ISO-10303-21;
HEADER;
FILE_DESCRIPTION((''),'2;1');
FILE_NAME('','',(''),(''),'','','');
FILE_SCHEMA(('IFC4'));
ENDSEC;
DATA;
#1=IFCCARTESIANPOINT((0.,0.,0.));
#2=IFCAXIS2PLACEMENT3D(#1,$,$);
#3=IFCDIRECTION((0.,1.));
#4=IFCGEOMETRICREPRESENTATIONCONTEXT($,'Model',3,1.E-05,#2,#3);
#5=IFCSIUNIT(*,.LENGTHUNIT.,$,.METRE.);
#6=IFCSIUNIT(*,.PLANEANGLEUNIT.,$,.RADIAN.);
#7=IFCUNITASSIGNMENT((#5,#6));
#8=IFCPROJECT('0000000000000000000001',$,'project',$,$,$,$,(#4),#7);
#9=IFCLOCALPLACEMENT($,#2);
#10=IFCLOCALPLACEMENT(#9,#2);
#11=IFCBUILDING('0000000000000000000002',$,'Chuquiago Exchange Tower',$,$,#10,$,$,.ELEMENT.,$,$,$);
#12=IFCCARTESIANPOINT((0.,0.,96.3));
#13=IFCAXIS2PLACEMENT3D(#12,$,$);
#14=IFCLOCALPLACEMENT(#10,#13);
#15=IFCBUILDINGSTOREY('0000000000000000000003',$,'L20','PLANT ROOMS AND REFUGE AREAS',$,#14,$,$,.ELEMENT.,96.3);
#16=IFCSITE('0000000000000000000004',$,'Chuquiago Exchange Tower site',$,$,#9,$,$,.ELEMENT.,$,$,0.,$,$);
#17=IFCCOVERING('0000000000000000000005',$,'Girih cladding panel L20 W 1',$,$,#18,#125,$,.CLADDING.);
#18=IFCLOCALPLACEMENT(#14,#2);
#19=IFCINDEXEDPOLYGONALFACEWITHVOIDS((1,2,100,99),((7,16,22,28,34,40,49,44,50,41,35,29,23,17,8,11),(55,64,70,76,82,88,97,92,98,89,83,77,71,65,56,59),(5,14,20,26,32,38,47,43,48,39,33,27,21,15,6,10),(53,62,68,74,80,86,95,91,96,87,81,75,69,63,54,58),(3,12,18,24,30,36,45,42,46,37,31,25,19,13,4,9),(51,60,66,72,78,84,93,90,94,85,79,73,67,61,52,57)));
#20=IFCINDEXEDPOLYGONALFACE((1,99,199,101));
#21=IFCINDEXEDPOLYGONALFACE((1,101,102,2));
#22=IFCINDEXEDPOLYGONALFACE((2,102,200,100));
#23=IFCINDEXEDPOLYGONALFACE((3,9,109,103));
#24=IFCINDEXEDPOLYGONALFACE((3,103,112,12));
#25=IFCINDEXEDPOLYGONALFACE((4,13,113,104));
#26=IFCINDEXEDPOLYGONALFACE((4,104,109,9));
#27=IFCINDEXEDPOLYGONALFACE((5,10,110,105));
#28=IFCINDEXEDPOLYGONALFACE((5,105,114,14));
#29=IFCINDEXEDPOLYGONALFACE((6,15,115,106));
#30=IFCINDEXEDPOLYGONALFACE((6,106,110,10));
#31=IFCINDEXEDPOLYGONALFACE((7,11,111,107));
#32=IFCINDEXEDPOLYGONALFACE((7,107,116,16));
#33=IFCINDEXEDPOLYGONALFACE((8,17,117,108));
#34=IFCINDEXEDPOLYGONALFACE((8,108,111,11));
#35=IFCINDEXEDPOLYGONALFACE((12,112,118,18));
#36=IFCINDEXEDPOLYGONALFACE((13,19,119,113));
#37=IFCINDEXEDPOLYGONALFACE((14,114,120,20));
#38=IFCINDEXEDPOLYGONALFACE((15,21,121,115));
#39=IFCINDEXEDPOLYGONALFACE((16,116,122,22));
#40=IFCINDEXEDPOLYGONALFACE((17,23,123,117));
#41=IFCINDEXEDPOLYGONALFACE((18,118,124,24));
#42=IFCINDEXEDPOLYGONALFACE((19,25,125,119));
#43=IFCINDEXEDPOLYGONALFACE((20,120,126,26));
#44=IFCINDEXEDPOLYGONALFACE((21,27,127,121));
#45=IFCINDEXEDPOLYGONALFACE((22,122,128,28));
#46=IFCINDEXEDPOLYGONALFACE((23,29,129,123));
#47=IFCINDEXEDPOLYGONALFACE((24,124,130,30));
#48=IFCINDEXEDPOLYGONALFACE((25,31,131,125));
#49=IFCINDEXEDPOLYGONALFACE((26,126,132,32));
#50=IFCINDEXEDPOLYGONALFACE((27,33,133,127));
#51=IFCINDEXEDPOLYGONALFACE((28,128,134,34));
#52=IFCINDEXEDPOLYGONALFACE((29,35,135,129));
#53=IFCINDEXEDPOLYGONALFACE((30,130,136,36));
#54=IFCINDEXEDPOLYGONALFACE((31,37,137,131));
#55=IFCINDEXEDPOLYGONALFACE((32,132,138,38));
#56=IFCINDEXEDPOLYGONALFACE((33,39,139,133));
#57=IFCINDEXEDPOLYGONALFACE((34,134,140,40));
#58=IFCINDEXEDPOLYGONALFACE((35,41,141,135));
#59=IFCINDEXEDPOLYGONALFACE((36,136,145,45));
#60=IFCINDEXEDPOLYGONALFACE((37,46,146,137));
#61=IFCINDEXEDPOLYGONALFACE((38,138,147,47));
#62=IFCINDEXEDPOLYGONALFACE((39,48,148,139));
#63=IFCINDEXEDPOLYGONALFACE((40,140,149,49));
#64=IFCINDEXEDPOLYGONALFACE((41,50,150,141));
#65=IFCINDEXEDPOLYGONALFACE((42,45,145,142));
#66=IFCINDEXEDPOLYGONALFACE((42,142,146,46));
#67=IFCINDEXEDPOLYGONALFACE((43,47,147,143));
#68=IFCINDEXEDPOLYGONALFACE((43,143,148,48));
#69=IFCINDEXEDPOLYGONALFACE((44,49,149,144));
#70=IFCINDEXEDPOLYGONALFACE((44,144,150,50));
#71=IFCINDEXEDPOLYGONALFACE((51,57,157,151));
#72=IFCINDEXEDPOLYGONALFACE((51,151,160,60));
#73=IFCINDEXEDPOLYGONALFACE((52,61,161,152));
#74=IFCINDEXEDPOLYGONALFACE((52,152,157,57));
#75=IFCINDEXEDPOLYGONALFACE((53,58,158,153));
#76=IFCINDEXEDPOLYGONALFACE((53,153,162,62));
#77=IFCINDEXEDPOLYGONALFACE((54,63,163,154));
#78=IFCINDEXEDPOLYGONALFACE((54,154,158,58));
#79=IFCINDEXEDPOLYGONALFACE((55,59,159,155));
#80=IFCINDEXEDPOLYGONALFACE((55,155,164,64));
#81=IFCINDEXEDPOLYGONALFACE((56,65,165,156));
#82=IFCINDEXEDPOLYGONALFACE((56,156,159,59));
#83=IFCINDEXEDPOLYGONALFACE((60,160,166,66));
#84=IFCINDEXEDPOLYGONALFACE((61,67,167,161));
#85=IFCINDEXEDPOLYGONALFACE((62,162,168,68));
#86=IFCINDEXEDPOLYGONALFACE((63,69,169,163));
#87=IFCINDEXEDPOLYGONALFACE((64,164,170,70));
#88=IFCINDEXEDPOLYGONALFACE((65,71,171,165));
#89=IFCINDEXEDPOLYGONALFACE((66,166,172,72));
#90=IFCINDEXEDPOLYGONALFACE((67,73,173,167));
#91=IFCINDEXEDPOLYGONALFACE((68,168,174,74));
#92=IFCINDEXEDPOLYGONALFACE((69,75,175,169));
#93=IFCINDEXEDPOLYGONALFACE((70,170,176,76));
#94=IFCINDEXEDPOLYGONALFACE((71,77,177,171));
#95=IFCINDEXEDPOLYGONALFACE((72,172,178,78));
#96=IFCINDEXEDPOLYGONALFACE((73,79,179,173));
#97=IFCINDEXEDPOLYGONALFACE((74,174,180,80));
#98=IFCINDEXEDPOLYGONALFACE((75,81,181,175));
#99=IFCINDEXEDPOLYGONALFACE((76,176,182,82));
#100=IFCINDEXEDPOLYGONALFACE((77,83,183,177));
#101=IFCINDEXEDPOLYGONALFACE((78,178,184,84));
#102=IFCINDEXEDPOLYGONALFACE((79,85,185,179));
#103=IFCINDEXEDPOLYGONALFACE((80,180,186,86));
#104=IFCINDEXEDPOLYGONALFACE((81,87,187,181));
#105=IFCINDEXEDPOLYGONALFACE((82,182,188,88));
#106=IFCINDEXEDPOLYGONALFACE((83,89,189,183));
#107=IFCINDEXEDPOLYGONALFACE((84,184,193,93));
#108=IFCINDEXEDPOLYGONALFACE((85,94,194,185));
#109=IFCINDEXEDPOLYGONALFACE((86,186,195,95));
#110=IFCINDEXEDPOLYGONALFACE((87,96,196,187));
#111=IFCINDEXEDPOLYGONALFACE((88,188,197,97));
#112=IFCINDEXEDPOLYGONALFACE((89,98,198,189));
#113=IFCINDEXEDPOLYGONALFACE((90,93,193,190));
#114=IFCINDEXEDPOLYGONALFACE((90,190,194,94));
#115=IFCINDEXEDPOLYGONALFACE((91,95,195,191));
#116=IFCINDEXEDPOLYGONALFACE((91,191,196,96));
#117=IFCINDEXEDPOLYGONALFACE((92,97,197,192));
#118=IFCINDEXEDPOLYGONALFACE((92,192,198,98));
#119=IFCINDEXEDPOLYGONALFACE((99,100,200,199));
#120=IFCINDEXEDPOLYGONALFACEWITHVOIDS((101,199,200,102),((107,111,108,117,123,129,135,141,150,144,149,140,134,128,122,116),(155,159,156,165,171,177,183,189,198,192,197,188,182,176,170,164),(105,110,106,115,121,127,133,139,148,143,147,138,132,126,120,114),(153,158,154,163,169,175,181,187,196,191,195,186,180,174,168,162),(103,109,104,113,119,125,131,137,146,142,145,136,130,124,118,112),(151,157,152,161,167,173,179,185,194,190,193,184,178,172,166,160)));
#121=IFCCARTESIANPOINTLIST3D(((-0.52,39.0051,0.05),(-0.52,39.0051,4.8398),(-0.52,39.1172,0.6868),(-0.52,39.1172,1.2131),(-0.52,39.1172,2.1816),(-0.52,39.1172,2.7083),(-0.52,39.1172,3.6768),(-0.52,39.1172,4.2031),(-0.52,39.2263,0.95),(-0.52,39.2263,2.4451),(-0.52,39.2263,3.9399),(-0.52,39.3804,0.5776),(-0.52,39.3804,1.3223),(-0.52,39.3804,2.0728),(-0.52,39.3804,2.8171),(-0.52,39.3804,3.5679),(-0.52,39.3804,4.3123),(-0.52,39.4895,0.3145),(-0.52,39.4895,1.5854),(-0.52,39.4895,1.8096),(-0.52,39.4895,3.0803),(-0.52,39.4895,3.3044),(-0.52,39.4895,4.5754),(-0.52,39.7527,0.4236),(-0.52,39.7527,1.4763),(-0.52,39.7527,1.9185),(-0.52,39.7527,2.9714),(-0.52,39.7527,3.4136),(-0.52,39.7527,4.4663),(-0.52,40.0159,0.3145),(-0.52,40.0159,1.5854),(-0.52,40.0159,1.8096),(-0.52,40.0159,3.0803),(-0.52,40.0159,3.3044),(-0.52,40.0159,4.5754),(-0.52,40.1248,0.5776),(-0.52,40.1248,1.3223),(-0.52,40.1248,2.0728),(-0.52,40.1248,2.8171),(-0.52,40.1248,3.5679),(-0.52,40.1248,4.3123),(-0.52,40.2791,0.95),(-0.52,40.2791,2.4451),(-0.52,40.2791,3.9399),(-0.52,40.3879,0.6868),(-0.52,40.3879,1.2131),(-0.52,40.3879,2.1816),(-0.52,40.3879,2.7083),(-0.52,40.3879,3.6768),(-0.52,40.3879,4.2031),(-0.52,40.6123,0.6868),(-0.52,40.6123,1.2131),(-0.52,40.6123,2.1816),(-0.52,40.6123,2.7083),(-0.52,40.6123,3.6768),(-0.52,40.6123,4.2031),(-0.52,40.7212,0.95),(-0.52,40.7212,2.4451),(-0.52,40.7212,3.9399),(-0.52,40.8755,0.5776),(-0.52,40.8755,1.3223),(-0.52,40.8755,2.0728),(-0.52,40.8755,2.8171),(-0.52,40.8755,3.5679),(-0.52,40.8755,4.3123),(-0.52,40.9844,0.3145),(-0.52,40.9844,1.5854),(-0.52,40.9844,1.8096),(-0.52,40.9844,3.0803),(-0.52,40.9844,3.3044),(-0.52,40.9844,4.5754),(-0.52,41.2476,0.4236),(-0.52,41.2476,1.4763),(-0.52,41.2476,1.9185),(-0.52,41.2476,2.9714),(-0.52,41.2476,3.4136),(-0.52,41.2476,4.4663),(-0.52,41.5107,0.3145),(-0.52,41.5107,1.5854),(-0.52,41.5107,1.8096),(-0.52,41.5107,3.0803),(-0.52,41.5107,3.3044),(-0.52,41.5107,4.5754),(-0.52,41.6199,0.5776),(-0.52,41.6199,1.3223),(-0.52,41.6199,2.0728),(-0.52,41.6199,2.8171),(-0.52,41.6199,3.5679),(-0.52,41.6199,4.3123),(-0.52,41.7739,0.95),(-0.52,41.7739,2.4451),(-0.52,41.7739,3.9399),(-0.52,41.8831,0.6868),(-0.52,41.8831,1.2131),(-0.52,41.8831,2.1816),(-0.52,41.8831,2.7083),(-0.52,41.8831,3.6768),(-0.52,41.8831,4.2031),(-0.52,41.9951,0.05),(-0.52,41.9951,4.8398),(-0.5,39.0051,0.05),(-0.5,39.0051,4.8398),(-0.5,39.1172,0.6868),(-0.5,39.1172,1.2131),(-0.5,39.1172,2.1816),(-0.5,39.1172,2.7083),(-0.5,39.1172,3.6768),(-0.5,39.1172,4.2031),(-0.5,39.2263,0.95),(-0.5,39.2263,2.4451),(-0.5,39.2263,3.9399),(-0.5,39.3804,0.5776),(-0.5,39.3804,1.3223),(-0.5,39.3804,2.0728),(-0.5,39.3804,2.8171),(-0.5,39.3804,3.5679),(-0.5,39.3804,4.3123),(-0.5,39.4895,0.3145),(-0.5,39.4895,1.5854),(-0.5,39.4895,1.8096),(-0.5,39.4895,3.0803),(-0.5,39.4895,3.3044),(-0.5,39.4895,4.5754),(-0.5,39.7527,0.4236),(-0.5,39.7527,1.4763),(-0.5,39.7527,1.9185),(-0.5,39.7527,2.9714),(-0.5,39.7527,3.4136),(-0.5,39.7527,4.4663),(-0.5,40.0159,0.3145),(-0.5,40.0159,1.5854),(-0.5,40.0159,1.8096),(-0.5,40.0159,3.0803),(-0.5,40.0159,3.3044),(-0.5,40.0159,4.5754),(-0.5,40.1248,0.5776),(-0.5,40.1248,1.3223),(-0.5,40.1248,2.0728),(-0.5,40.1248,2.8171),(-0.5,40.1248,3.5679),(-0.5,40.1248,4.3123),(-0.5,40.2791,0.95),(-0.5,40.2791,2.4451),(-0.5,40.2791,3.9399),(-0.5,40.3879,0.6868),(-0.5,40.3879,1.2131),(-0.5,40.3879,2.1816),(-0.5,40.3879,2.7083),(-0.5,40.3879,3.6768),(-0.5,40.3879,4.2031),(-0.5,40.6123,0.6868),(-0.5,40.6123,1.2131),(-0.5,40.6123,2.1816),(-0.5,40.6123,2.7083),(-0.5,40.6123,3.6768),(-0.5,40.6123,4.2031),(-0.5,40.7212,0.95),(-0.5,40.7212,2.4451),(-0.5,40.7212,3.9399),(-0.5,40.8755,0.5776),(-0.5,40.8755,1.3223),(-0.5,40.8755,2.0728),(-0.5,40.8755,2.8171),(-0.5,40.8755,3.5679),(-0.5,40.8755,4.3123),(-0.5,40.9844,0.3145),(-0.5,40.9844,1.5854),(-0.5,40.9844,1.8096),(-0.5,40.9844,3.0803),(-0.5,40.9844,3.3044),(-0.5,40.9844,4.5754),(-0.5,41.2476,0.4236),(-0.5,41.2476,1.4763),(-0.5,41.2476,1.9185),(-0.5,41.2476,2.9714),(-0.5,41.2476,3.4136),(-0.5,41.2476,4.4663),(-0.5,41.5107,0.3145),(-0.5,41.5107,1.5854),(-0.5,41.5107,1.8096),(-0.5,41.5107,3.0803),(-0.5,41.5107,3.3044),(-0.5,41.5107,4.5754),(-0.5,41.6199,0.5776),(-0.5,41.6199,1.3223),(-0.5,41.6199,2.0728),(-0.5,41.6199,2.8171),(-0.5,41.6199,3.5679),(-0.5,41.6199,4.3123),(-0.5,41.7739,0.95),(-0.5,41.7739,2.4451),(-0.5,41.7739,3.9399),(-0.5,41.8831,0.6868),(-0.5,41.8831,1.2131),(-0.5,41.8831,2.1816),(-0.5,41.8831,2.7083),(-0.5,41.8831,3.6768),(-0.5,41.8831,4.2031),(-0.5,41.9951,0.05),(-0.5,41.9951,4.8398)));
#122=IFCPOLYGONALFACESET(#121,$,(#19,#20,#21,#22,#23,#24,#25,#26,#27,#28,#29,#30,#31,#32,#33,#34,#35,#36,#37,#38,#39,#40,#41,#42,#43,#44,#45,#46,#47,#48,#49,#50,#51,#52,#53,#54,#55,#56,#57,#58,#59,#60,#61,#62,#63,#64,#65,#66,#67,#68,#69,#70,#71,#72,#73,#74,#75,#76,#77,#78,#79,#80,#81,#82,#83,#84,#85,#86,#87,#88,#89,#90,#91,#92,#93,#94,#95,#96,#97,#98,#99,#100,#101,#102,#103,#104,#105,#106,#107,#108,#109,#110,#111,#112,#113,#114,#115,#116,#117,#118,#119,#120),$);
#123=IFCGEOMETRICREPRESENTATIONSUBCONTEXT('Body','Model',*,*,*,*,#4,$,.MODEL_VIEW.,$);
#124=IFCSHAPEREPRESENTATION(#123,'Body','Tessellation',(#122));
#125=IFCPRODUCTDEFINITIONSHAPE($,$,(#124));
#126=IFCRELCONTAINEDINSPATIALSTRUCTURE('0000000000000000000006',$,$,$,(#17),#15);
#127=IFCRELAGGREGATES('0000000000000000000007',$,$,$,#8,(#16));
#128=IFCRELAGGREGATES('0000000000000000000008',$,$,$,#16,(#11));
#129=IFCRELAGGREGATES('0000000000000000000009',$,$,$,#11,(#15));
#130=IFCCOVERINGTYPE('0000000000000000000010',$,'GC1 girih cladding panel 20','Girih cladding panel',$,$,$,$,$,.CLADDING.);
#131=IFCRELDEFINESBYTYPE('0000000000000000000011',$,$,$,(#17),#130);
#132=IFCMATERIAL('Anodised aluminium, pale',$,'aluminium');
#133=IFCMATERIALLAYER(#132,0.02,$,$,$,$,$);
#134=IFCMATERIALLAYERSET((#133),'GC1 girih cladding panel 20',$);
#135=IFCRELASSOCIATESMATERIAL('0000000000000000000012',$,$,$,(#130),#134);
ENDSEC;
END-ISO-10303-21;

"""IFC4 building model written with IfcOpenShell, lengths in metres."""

from ifc_helpers import new_model, si_unit, direction, frame, origin, place, context, subcontext, project, spatial, polyline, outline, extrude, material, layer, layer_set, type_object, element, save


model = new_model("IFC4")

# Units and contexts
model_context = context("Model", 3, precision=1e-05, world=origin(), true_north=direction((0.0, 1.0)))
body_context = subcontext(model_context, "Body", "Model", "MODEL_VIEW")
ifc_project = project(units=[si_unit("LENGTHUNIT", "METRE"), si_unit("PLANEANGLEUNIT", "RADIAN")], contexts=[model_context])

# Site, building, storey
site_placement = place(None, origin())
site = spatial("IfcSite", under=ifc_project, at=site_placement, Name="Chuquiago Exchange Tower site", CompositionType="ELEMENT", RefElevation=0.0)
building_placement = place(site_placement, origin())
building = spatial("IfcBuilding", under=site, at=building_placement, Name="Chuquiago Exchange Tower", CompositionType="ELEMENT")
storey_placement = place(building_placement, frame((0.0, 0.0, 96.3)))
storey = spatial("IfcBuildingStorey", under=building, at=storey_placement, Name="L20", Description="PLANT ROOMS AND REFUGE AREAS", CompositionType="ELEMENT", Elevation=96.3)

# Covering
ifc_material_1 = material(Name="Anodised aluminium, pale", Category="aluminium")
ifc_layer_1 = layer(ifc_material_1, 0.02)
ifc_layer_set_1 = layer_set([ifc_layer_1], Name="GC1 girih cladding panel 20")
covering_type = type_object("IfcCoveringType", Name="GC1 girih cladding panel 20", Description="Girih cladding panel", PredefinedType="CLADDING", material=ifc_layer_set_1)
covering_1_placement = place(storey_placement, frame((-0.5, 41.9951, 0.05), z_axis=(0.0, 0.0, 1.0), x_axis=(0.0, -1.0, 0.0)))
element("IfcCovering", 1, at=covering_1_placement, inside=storey, type_object=covering_type, Name="Girih cladding panel L20 W 1", PredefinedType="CLADDING", context=body_context, shape_type="SweptSolid", body=[
    extrude(outline(polyline([(0.0, 0.0), (2.99, 0.0), (2.99, 4.7898), (0.0, 4.7898), (0.0, 0.0)]), holes=[polyline([(1.2739, 0.8999), (1.3828, 1.1631), (1.1196, 1.2722), (1.0107, 1.5354), (0.7476, 1.4263), (0.4844, 1.5354), (0.3752, 1.2722), (0.1121, 1.1631), (0.2212, 0.8999), (0.1121, 0.6367), (0.3752, 0.5276), (0.4844, 0.2644), (0.7476, 0.3735), (1.0107, 0.2644), (1.1196, 0.5276), (1.3828, 0.6367), (1.2739, 0.8999)]), polyline([(2.7688, 0.8999), (2.8779, 1.1631), (2.6147, 1.2722), (2.5056, 1.5354), (2.2424, 1.4263), (1.9792, 1.5354), (1.8704, 1.2722), (1.6072, 1.1631), (1.7161, 0.8999), (1.6072, 0.6367), (1.8704, 0.5276), (1.9792, 0.2644), (2.2424, 0.3735), (2.5056, 0.2644), (2.6147, 0.5276), (2.8779, 0.6367), (2.7688, 0.8999)]), polyline([(1.2739, 2.395), (1.3828, 2.6582), (1.1196, 2.7671), (1.0107, 3.0303), (0.7476, 2.9214), (0.4844, 3.0303), (0.3752, 2.7671), (0.1121, 2.6582), (0.2212, 2.395), (0.1121, 2.1316), (0.3752, 2.0227), (0.4844, 1.7595), (0.7476, 1.8684), (1.0107, 1.7595), (1.1196, 2.0227), (1.3828, 2.1316), (1.2739, 2.395)]), polyline([(2.7688, 2.395), (2.8779, 2.6582), (2.6147, 2.7671), (2.5056, 3.0303), (2.2424, 2.9214), (1.9792, 3.0303), (1.8704, 2.7671), (1.6072, 2.6582), (1.7161, 2.395), (1.6072, 2.1316), (1.8704, 2.0227), (1.9792, 1.7595), (2.2424, 1.8684), (2.5056, 1.7595), (2.6147, 2.0227), (2.8779, 2.1316), (2.7688, 2.395)]), polyline([(1.2739, 3.8899), (1.3828, 4.1531), (1.1196, 4.2622), (1.0107, 4.5254), (0.7476, 4.4163), (0.4844, 4.5254), (0.3752, 4.2622), (0.1121, 4.1531), (0.2212, 3.8899), (0.1121, 3.6267), (0.3752, 3.5178), (0.4844, 3.2544), (0.7476, 3.3635), (1.0107, 3.2544), (1.1196, 3.5178), (1.3828, 3.6267), (1.2739, 3.8899)]), polyline([(2.7688, 3.8899), (2.8779, 4.1531), (2.6147, 4.2622), (2.5056, 4.5254), (2.2424, 4.4163), (1.9792, 4.5254), (1.8704, 4.2622), (1.6072, 4.1531), (1.7161, 3.8899), (1.6072, 3.6267), (1.8704, 3.5178), (1.9792, 3.2544), (2.2424, 3.3635), (2.5056, 3.2544), (2.6147, 3.5178), (2.8779, 3.6267), (2.7688, 3.8899)])]), frame((0.0, 0.0, 0.0), z_axis=(0.0, -1.0, 0.0), x_axis=(1.0, 0.0, 0.0)), (0.0, 0.0, 1.0), 0.02),
])

save(model, "model.ifc")
